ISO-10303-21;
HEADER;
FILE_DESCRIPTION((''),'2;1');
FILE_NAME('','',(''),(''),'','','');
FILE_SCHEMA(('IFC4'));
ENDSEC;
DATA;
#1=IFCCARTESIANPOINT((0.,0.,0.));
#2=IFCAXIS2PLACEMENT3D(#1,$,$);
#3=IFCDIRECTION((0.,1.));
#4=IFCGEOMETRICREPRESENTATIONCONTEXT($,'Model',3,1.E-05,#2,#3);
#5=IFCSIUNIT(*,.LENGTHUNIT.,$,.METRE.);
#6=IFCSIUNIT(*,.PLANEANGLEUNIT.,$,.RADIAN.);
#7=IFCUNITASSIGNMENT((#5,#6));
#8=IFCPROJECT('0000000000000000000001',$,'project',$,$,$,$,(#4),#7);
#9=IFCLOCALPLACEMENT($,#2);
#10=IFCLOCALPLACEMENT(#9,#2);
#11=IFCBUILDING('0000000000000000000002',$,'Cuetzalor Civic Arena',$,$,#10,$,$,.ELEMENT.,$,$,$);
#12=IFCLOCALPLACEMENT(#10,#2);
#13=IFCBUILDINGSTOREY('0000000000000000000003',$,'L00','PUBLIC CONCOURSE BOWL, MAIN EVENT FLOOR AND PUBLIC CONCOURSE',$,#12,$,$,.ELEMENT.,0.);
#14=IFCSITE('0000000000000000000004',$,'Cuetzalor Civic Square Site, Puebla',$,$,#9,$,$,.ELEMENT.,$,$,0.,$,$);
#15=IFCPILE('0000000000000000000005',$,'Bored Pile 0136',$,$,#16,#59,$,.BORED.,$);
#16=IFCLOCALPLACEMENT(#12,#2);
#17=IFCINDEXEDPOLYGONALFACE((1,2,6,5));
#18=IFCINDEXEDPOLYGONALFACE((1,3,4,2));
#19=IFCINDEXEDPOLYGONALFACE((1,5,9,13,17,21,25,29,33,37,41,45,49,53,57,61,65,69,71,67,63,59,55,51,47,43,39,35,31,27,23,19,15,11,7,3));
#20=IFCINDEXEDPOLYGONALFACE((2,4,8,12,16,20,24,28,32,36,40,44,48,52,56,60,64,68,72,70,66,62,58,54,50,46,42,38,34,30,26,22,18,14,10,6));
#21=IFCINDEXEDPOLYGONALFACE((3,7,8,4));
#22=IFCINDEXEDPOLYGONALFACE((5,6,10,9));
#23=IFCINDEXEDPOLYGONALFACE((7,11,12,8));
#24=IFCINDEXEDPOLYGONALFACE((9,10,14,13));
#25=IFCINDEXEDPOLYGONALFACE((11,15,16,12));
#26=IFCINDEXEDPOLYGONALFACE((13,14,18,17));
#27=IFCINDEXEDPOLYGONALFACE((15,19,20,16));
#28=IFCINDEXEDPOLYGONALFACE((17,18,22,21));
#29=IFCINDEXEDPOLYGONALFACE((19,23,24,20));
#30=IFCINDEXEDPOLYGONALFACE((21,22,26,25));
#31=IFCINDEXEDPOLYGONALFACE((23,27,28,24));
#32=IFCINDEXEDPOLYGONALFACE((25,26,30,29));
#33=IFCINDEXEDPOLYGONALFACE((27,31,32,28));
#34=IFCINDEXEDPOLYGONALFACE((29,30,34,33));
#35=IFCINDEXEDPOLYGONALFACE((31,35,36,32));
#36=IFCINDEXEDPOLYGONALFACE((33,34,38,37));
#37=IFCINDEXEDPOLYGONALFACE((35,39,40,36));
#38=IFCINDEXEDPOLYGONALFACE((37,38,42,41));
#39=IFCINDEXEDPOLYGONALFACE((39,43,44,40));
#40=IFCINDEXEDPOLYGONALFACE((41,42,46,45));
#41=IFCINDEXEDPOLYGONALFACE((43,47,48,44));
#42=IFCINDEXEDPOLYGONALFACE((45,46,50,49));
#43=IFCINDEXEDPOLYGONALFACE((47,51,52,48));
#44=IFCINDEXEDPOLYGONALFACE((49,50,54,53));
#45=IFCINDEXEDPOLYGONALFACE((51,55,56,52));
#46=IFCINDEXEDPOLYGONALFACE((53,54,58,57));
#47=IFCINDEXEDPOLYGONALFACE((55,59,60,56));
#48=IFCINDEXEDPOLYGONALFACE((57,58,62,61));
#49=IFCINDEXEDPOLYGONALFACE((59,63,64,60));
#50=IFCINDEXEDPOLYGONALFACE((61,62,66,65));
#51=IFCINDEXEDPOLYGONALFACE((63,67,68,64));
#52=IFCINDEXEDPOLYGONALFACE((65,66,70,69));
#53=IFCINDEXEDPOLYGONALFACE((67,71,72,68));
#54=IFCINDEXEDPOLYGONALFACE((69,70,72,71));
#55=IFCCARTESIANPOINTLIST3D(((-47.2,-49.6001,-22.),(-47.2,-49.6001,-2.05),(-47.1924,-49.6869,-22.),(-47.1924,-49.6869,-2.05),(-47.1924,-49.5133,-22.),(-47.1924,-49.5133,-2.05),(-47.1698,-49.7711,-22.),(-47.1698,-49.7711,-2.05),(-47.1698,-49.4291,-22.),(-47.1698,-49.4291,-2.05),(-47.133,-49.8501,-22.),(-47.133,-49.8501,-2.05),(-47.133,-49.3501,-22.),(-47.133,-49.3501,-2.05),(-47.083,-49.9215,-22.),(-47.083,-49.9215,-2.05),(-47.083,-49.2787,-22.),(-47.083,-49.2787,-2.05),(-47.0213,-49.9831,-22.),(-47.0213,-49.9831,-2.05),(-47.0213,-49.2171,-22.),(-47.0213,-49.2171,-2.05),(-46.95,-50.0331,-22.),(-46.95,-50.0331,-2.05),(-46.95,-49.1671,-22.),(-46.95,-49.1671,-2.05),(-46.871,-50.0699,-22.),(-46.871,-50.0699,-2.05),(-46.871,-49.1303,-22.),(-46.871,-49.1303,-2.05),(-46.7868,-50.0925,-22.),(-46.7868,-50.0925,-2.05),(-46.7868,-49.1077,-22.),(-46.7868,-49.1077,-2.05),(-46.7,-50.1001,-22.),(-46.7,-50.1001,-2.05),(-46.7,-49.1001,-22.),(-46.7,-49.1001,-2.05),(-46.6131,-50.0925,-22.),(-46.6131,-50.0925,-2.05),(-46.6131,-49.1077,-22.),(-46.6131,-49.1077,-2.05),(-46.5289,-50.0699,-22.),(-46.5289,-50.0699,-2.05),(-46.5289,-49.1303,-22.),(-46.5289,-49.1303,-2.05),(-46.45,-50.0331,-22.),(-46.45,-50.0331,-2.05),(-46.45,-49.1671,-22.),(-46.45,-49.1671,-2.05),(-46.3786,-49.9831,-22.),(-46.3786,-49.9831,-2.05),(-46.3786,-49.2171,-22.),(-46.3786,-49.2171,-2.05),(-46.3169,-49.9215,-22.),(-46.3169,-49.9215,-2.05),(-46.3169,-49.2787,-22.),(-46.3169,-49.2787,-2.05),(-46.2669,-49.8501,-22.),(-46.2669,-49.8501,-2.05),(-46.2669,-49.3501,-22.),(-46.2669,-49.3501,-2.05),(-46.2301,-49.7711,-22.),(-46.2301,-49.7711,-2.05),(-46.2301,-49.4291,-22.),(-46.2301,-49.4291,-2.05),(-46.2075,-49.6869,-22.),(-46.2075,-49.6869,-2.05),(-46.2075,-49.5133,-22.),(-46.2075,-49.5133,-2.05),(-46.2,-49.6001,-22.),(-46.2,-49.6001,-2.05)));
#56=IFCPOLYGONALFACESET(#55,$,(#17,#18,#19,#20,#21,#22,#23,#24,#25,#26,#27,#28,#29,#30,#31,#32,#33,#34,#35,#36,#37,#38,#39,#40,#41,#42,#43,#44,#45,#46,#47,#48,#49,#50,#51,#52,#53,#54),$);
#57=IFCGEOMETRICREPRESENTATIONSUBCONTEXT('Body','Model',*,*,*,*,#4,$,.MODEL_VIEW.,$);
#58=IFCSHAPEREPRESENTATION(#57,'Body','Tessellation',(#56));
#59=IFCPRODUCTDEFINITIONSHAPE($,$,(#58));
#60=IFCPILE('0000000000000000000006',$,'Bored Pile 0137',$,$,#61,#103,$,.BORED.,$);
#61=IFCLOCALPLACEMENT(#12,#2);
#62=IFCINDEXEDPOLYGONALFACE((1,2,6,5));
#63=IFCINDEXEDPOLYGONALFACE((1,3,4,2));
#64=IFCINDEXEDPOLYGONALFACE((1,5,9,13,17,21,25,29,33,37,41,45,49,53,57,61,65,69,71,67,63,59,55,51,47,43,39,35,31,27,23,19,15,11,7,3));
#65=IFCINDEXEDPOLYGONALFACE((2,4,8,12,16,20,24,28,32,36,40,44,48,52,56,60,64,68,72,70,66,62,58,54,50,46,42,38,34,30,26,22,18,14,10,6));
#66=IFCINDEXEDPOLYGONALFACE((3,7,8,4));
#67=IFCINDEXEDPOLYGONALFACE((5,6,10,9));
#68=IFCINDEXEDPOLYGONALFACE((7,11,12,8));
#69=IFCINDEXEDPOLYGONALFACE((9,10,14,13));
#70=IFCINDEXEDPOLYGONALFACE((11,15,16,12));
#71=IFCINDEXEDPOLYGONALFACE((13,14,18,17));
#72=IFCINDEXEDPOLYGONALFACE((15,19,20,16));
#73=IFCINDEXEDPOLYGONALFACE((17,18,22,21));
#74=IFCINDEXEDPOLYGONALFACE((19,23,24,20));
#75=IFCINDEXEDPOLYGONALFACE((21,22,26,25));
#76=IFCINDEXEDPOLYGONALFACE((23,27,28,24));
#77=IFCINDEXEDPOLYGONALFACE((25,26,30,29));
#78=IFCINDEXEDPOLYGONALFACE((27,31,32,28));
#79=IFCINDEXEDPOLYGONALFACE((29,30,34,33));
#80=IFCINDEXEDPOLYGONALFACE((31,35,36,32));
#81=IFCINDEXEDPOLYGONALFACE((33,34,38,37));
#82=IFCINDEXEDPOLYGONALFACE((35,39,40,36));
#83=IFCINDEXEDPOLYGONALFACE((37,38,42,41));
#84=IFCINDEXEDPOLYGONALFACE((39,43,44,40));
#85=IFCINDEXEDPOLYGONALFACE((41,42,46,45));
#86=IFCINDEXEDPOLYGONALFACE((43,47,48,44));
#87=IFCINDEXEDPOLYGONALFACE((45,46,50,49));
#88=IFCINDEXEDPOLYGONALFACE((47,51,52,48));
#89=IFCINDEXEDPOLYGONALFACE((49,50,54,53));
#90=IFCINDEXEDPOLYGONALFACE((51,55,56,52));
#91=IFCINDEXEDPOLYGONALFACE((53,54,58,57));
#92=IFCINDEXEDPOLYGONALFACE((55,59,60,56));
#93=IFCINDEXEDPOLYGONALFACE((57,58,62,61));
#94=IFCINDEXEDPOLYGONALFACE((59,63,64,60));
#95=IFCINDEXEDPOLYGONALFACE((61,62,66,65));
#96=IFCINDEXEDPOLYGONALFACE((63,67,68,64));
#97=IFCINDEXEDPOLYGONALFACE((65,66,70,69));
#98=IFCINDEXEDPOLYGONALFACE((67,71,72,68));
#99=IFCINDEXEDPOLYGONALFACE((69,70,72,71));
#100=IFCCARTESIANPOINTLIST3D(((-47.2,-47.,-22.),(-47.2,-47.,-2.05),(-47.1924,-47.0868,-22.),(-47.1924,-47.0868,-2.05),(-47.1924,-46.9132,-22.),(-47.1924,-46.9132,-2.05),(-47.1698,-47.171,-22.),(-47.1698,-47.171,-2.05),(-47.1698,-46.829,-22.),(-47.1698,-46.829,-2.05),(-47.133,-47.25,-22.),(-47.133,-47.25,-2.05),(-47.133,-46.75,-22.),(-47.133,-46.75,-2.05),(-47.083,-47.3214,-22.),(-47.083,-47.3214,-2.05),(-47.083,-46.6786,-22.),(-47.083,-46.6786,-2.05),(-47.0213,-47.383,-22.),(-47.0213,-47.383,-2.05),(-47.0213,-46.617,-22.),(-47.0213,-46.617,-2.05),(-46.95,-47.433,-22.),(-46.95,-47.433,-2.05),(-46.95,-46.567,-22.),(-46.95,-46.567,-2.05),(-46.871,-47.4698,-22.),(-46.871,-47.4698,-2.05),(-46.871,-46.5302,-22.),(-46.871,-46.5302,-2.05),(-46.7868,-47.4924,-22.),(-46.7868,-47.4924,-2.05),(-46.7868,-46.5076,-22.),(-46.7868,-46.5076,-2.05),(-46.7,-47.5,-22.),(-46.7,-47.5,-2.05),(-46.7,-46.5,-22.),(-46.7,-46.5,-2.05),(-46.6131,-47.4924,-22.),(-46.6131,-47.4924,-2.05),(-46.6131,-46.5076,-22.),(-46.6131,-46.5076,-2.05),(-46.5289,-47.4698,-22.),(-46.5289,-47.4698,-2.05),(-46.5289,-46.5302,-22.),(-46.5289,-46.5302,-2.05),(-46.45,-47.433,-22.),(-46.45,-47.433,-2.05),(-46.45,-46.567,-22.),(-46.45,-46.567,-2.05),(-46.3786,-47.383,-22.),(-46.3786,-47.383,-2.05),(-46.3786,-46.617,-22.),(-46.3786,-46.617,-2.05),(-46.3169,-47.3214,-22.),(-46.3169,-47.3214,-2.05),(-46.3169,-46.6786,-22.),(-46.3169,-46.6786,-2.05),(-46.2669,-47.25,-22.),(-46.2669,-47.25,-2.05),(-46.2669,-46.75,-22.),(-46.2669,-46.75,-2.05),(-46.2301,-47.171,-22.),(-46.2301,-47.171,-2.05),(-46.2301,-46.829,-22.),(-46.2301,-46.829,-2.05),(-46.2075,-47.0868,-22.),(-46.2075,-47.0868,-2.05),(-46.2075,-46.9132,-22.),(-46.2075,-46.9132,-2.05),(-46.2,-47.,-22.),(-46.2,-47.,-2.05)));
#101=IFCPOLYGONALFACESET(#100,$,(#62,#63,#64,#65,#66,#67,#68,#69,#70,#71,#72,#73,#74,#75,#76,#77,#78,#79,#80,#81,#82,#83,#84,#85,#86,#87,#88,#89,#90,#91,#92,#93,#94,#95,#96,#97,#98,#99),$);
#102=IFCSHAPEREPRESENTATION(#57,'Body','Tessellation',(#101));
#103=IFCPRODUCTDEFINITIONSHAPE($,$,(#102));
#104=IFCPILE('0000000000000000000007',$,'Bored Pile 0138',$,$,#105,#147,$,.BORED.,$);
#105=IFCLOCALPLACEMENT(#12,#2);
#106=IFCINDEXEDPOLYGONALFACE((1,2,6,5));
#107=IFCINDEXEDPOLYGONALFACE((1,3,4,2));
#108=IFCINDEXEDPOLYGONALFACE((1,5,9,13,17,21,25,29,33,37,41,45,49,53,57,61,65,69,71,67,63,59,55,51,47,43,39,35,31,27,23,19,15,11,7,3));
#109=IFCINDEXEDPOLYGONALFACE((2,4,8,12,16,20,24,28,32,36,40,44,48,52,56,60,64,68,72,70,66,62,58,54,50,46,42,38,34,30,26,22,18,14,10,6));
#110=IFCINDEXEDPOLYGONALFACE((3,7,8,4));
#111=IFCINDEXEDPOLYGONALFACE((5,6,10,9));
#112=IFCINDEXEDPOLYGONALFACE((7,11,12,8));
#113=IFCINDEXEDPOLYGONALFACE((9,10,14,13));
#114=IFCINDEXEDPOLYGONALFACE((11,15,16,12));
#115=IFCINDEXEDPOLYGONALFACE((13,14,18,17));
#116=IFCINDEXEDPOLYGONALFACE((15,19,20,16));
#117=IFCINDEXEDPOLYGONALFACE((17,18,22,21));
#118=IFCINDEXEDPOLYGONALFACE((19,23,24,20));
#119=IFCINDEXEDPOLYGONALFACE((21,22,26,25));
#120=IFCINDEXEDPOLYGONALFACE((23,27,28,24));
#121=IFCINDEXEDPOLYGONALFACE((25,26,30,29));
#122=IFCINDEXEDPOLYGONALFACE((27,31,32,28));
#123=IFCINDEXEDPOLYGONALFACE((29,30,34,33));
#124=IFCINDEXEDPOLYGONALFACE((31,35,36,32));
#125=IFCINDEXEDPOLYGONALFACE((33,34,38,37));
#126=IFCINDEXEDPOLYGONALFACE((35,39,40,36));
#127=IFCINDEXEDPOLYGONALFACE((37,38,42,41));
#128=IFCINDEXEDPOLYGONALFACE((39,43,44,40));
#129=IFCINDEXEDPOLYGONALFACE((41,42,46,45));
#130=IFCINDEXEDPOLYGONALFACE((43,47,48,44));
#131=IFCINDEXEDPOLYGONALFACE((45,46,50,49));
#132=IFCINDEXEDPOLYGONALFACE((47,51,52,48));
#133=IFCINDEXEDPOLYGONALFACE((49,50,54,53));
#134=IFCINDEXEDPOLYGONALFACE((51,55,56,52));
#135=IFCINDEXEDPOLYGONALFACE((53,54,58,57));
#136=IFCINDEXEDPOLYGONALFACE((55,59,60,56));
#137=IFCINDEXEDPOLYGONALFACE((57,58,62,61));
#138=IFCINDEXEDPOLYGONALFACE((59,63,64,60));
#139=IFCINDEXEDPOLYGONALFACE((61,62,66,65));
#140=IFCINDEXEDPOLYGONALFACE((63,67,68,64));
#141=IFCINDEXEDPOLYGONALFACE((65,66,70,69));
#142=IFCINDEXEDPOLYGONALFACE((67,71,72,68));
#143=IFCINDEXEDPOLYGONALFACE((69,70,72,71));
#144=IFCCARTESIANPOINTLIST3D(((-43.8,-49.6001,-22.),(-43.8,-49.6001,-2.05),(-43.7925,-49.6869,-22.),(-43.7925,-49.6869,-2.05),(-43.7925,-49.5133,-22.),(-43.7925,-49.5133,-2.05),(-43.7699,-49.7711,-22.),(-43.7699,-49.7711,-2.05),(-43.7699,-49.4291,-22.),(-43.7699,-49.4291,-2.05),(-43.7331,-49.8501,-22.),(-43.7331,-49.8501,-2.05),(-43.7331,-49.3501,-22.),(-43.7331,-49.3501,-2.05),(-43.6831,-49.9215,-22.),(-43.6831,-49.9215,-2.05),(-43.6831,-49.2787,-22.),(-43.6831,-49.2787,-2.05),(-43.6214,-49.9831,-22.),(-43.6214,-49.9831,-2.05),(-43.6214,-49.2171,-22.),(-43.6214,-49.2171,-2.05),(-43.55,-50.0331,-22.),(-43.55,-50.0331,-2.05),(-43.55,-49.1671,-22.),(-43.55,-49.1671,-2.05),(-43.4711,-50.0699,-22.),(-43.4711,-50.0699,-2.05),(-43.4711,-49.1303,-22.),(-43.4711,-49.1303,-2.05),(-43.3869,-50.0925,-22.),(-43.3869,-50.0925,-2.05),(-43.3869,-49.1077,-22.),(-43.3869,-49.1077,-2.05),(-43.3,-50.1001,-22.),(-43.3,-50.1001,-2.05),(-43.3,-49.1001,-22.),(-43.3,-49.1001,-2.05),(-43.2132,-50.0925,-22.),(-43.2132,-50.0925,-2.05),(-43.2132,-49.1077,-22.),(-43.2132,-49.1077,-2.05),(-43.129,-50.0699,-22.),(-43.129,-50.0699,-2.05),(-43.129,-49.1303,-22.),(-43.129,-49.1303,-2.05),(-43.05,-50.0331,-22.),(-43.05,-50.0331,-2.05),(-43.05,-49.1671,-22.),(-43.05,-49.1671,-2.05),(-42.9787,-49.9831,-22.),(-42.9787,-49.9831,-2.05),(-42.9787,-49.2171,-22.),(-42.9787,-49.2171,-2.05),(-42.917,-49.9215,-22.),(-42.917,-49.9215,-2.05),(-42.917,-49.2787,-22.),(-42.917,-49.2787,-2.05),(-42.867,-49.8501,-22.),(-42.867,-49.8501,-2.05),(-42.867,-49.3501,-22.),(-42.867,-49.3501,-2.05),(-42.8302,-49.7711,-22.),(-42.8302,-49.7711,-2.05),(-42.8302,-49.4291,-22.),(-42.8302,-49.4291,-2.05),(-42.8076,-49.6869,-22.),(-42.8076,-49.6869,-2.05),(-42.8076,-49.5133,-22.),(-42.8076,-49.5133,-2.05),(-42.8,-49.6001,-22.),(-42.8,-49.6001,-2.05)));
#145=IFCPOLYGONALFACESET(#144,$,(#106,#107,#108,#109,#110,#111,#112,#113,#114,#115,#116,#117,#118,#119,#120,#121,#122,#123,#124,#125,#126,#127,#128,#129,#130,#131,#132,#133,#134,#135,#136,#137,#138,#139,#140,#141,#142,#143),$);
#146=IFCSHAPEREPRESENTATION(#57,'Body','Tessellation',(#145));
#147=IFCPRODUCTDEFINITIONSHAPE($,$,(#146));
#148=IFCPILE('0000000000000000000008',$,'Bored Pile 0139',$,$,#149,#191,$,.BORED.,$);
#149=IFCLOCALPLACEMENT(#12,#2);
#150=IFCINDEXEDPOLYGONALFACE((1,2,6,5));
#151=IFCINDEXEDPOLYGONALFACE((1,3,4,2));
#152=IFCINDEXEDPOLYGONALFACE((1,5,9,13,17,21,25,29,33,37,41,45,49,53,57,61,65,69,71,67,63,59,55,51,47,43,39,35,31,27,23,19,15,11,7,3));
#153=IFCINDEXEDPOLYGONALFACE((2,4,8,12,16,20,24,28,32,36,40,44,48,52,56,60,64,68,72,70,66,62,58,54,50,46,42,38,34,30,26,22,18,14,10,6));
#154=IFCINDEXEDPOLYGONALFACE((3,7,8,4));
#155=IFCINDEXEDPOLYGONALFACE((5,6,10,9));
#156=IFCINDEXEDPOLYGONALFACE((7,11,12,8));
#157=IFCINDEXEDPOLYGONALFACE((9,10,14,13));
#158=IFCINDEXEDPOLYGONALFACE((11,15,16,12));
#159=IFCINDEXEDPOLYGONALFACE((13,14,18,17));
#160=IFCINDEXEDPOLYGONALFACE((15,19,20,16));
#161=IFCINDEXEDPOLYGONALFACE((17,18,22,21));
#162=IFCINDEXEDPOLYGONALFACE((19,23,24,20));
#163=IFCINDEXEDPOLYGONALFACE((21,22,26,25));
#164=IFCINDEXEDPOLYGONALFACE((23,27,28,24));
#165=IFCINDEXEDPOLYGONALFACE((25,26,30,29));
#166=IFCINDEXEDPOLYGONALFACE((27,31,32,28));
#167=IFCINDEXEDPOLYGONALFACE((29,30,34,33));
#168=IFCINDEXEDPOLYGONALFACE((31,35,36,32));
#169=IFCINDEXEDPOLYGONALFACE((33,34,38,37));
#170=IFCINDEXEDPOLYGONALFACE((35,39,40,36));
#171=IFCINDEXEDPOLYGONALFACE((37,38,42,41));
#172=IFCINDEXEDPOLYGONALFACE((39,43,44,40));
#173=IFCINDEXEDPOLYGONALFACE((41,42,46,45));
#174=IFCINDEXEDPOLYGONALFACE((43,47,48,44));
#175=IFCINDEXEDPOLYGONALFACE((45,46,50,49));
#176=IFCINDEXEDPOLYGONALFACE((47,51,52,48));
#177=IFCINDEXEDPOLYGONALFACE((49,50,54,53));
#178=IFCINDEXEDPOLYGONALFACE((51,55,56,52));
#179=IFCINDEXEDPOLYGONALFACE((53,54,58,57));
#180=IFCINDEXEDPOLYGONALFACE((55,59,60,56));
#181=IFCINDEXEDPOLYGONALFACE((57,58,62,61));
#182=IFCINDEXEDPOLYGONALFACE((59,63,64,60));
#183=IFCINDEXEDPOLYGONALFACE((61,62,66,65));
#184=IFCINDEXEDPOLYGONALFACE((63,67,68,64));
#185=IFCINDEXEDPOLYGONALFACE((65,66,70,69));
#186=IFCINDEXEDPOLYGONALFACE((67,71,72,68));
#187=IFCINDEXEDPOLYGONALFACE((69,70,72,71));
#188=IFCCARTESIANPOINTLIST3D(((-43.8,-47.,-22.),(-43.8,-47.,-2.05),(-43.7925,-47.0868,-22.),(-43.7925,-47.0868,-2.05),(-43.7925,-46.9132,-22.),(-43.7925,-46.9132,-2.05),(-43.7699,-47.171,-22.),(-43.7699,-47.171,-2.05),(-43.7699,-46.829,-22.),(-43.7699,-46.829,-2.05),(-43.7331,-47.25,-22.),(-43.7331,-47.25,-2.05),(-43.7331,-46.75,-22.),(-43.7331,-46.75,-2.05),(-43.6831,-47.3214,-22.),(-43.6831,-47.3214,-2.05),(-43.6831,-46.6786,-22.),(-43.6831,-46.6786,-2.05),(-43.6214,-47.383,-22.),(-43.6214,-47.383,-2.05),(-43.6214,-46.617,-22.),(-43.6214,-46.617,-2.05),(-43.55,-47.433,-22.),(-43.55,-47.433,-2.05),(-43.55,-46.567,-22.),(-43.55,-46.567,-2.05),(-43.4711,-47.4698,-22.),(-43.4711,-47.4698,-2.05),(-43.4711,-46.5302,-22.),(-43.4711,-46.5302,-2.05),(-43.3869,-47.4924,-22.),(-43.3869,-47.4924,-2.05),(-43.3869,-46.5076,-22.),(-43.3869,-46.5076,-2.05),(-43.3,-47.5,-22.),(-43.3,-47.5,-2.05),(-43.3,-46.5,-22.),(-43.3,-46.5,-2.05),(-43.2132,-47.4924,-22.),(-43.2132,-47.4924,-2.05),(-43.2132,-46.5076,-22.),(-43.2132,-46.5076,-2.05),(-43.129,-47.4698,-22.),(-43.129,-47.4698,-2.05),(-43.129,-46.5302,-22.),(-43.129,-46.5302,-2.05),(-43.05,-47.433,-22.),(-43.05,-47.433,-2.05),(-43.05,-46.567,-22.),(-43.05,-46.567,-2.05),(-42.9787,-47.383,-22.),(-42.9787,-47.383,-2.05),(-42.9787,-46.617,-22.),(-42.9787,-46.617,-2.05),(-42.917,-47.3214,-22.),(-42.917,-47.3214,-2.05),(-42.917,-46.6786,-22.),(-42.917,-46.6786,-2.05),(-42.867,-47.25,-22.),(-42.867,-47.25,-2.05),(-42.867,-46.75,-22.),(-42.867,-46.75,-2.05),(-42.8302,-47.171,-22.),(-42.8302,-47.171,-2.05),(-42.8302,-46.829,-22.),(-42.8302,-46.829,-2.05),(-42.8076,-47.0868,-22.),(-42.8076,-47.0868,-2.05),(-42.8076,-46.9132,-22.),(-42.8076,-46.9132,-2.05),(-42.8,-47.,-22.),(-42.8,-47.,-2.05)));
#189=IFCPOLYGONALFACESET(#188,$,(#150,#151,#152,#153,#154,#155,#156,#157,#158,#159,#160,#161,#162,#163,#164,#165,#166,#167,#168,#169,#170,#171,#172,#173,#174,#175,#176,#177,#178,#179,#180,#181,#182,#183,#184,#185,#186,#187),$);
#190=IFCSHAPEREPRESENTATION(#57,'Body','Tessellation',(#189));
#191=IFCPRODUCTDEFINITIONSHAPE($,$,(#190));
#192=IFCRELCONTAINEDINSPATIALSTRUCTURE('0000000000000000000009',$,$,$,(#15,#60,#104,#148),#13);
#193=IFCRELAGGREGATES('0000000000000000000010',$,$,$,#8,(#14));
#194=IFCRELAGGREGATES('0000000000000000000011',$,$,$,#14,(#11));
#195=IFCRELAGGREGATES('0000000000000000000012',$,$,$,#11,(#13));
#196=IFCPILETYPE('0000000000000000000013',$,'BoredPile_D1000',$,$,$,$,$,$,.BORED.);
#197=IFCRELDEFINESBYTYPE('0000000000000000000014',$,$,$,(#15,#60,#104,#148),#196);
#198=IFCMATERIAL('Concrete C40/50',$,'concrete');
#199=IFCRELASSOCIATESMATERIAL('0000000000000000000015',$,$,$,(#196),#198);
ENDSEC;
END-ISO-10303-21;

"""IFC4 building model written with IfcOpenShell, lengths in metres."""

from ifc_helpers import new_model, si_unit, direction, frame, origin, origin_2d, place, context, subcontext, project, spatial, circle, extrude, material, material_profile, profile_set, type_object, element, save


model = new_model("IFC4")

# Units and contexts
model_context = context("Model", 3, precision=1e-05, world=origin(), true_north=direction((0.0, 1.0)))
body_context = subcontext(model_context, "Body", "Model", "MODEL_VIEW")
ifc_project = project(units=[si_unit("LENGTHUNIT", "METRE"), si_unit("PLANEANGLEUNIT", "RADIAN")], contexts=[model_context])

# Site, building, storey
site_placement = place(None, origin())
site = spatial("IfcSite", under=ifc_project, at=site_placement, Name="Cuetzalor Civic Square Site, Puebla", CompositionType="ELEMENT", RefElevation=0.0)
building_placement = place(site_placement, origin())
building = spatial("IfcBuilding", under=site, at=building_placement, Name="Cuetzalor Civic Arena", CompositionType="ELEMENT")
storey_placement = place(building_placement, origin())
storey = spatial("IfcBuildingStorey", under=building, at=storey_placement, Name="L00", Description="PUBLIC CONCOURSE BOWL, MAIN EVENT FLOOR AND PUBLIC CONCOURSE", CompositionType="ELEMENT", Elevation=0.0)

# Piles
ifc_material_1 = material(Name="Concrete C40/50", Category="concrete")
ifc_material_profile_1 = material_profile(ifc_material_1, circle(Radius=0.5, at=origin_2d()), Name="BORED PILE D1000")
ifc_profile_set_1 = profile_set([ifc_material_profile_1], Name="Concrete C40/50")
pile_type = type_object("IfcPileType", Name="BoredPile_D1000", PredefinedType="BORED", material=ifc_profile_set_1)
for number, where, z_axis, x_axis, name in (
    (1, (-46.7, -49.6001, -2.05), (0.0, 0.0, -1.0), (1.0, 0.0, 0.0), "Bored Pile 0136"),
    (2, (-46.7, -47.0, -2.05), (0.0, 0.0, -1.0), (1.0, 0.0, 0.0), "Bored Pile 0137"),
    (3, (-43.3, -49.6001, -2.05), (0.0, 0.0, -1.0), (1.0, 0.0, 0.0), "Bored Pile 0138"),
    (4, (-43.3, -47.0, -2.05), (0.0, 0.0, -1.0), (1.0, 0.0, 0.0), "Bored Pile 0139"),
):
    element("IfcPile", number, at=place(storey_placement, frame(where, z_axis=z_axis, x_axis=x_axis)), inside=storey, type_object=pile_type, Name=name, PredefinedType="BORED", context=body_context, shape_type="SweptSolid", body=[
        extrude(circle(Radius=0.5, at=origin_2d()), origin(), (0.0, 0.0, 1.0), 19.95),
    ])

save(model, "model.ifc")
